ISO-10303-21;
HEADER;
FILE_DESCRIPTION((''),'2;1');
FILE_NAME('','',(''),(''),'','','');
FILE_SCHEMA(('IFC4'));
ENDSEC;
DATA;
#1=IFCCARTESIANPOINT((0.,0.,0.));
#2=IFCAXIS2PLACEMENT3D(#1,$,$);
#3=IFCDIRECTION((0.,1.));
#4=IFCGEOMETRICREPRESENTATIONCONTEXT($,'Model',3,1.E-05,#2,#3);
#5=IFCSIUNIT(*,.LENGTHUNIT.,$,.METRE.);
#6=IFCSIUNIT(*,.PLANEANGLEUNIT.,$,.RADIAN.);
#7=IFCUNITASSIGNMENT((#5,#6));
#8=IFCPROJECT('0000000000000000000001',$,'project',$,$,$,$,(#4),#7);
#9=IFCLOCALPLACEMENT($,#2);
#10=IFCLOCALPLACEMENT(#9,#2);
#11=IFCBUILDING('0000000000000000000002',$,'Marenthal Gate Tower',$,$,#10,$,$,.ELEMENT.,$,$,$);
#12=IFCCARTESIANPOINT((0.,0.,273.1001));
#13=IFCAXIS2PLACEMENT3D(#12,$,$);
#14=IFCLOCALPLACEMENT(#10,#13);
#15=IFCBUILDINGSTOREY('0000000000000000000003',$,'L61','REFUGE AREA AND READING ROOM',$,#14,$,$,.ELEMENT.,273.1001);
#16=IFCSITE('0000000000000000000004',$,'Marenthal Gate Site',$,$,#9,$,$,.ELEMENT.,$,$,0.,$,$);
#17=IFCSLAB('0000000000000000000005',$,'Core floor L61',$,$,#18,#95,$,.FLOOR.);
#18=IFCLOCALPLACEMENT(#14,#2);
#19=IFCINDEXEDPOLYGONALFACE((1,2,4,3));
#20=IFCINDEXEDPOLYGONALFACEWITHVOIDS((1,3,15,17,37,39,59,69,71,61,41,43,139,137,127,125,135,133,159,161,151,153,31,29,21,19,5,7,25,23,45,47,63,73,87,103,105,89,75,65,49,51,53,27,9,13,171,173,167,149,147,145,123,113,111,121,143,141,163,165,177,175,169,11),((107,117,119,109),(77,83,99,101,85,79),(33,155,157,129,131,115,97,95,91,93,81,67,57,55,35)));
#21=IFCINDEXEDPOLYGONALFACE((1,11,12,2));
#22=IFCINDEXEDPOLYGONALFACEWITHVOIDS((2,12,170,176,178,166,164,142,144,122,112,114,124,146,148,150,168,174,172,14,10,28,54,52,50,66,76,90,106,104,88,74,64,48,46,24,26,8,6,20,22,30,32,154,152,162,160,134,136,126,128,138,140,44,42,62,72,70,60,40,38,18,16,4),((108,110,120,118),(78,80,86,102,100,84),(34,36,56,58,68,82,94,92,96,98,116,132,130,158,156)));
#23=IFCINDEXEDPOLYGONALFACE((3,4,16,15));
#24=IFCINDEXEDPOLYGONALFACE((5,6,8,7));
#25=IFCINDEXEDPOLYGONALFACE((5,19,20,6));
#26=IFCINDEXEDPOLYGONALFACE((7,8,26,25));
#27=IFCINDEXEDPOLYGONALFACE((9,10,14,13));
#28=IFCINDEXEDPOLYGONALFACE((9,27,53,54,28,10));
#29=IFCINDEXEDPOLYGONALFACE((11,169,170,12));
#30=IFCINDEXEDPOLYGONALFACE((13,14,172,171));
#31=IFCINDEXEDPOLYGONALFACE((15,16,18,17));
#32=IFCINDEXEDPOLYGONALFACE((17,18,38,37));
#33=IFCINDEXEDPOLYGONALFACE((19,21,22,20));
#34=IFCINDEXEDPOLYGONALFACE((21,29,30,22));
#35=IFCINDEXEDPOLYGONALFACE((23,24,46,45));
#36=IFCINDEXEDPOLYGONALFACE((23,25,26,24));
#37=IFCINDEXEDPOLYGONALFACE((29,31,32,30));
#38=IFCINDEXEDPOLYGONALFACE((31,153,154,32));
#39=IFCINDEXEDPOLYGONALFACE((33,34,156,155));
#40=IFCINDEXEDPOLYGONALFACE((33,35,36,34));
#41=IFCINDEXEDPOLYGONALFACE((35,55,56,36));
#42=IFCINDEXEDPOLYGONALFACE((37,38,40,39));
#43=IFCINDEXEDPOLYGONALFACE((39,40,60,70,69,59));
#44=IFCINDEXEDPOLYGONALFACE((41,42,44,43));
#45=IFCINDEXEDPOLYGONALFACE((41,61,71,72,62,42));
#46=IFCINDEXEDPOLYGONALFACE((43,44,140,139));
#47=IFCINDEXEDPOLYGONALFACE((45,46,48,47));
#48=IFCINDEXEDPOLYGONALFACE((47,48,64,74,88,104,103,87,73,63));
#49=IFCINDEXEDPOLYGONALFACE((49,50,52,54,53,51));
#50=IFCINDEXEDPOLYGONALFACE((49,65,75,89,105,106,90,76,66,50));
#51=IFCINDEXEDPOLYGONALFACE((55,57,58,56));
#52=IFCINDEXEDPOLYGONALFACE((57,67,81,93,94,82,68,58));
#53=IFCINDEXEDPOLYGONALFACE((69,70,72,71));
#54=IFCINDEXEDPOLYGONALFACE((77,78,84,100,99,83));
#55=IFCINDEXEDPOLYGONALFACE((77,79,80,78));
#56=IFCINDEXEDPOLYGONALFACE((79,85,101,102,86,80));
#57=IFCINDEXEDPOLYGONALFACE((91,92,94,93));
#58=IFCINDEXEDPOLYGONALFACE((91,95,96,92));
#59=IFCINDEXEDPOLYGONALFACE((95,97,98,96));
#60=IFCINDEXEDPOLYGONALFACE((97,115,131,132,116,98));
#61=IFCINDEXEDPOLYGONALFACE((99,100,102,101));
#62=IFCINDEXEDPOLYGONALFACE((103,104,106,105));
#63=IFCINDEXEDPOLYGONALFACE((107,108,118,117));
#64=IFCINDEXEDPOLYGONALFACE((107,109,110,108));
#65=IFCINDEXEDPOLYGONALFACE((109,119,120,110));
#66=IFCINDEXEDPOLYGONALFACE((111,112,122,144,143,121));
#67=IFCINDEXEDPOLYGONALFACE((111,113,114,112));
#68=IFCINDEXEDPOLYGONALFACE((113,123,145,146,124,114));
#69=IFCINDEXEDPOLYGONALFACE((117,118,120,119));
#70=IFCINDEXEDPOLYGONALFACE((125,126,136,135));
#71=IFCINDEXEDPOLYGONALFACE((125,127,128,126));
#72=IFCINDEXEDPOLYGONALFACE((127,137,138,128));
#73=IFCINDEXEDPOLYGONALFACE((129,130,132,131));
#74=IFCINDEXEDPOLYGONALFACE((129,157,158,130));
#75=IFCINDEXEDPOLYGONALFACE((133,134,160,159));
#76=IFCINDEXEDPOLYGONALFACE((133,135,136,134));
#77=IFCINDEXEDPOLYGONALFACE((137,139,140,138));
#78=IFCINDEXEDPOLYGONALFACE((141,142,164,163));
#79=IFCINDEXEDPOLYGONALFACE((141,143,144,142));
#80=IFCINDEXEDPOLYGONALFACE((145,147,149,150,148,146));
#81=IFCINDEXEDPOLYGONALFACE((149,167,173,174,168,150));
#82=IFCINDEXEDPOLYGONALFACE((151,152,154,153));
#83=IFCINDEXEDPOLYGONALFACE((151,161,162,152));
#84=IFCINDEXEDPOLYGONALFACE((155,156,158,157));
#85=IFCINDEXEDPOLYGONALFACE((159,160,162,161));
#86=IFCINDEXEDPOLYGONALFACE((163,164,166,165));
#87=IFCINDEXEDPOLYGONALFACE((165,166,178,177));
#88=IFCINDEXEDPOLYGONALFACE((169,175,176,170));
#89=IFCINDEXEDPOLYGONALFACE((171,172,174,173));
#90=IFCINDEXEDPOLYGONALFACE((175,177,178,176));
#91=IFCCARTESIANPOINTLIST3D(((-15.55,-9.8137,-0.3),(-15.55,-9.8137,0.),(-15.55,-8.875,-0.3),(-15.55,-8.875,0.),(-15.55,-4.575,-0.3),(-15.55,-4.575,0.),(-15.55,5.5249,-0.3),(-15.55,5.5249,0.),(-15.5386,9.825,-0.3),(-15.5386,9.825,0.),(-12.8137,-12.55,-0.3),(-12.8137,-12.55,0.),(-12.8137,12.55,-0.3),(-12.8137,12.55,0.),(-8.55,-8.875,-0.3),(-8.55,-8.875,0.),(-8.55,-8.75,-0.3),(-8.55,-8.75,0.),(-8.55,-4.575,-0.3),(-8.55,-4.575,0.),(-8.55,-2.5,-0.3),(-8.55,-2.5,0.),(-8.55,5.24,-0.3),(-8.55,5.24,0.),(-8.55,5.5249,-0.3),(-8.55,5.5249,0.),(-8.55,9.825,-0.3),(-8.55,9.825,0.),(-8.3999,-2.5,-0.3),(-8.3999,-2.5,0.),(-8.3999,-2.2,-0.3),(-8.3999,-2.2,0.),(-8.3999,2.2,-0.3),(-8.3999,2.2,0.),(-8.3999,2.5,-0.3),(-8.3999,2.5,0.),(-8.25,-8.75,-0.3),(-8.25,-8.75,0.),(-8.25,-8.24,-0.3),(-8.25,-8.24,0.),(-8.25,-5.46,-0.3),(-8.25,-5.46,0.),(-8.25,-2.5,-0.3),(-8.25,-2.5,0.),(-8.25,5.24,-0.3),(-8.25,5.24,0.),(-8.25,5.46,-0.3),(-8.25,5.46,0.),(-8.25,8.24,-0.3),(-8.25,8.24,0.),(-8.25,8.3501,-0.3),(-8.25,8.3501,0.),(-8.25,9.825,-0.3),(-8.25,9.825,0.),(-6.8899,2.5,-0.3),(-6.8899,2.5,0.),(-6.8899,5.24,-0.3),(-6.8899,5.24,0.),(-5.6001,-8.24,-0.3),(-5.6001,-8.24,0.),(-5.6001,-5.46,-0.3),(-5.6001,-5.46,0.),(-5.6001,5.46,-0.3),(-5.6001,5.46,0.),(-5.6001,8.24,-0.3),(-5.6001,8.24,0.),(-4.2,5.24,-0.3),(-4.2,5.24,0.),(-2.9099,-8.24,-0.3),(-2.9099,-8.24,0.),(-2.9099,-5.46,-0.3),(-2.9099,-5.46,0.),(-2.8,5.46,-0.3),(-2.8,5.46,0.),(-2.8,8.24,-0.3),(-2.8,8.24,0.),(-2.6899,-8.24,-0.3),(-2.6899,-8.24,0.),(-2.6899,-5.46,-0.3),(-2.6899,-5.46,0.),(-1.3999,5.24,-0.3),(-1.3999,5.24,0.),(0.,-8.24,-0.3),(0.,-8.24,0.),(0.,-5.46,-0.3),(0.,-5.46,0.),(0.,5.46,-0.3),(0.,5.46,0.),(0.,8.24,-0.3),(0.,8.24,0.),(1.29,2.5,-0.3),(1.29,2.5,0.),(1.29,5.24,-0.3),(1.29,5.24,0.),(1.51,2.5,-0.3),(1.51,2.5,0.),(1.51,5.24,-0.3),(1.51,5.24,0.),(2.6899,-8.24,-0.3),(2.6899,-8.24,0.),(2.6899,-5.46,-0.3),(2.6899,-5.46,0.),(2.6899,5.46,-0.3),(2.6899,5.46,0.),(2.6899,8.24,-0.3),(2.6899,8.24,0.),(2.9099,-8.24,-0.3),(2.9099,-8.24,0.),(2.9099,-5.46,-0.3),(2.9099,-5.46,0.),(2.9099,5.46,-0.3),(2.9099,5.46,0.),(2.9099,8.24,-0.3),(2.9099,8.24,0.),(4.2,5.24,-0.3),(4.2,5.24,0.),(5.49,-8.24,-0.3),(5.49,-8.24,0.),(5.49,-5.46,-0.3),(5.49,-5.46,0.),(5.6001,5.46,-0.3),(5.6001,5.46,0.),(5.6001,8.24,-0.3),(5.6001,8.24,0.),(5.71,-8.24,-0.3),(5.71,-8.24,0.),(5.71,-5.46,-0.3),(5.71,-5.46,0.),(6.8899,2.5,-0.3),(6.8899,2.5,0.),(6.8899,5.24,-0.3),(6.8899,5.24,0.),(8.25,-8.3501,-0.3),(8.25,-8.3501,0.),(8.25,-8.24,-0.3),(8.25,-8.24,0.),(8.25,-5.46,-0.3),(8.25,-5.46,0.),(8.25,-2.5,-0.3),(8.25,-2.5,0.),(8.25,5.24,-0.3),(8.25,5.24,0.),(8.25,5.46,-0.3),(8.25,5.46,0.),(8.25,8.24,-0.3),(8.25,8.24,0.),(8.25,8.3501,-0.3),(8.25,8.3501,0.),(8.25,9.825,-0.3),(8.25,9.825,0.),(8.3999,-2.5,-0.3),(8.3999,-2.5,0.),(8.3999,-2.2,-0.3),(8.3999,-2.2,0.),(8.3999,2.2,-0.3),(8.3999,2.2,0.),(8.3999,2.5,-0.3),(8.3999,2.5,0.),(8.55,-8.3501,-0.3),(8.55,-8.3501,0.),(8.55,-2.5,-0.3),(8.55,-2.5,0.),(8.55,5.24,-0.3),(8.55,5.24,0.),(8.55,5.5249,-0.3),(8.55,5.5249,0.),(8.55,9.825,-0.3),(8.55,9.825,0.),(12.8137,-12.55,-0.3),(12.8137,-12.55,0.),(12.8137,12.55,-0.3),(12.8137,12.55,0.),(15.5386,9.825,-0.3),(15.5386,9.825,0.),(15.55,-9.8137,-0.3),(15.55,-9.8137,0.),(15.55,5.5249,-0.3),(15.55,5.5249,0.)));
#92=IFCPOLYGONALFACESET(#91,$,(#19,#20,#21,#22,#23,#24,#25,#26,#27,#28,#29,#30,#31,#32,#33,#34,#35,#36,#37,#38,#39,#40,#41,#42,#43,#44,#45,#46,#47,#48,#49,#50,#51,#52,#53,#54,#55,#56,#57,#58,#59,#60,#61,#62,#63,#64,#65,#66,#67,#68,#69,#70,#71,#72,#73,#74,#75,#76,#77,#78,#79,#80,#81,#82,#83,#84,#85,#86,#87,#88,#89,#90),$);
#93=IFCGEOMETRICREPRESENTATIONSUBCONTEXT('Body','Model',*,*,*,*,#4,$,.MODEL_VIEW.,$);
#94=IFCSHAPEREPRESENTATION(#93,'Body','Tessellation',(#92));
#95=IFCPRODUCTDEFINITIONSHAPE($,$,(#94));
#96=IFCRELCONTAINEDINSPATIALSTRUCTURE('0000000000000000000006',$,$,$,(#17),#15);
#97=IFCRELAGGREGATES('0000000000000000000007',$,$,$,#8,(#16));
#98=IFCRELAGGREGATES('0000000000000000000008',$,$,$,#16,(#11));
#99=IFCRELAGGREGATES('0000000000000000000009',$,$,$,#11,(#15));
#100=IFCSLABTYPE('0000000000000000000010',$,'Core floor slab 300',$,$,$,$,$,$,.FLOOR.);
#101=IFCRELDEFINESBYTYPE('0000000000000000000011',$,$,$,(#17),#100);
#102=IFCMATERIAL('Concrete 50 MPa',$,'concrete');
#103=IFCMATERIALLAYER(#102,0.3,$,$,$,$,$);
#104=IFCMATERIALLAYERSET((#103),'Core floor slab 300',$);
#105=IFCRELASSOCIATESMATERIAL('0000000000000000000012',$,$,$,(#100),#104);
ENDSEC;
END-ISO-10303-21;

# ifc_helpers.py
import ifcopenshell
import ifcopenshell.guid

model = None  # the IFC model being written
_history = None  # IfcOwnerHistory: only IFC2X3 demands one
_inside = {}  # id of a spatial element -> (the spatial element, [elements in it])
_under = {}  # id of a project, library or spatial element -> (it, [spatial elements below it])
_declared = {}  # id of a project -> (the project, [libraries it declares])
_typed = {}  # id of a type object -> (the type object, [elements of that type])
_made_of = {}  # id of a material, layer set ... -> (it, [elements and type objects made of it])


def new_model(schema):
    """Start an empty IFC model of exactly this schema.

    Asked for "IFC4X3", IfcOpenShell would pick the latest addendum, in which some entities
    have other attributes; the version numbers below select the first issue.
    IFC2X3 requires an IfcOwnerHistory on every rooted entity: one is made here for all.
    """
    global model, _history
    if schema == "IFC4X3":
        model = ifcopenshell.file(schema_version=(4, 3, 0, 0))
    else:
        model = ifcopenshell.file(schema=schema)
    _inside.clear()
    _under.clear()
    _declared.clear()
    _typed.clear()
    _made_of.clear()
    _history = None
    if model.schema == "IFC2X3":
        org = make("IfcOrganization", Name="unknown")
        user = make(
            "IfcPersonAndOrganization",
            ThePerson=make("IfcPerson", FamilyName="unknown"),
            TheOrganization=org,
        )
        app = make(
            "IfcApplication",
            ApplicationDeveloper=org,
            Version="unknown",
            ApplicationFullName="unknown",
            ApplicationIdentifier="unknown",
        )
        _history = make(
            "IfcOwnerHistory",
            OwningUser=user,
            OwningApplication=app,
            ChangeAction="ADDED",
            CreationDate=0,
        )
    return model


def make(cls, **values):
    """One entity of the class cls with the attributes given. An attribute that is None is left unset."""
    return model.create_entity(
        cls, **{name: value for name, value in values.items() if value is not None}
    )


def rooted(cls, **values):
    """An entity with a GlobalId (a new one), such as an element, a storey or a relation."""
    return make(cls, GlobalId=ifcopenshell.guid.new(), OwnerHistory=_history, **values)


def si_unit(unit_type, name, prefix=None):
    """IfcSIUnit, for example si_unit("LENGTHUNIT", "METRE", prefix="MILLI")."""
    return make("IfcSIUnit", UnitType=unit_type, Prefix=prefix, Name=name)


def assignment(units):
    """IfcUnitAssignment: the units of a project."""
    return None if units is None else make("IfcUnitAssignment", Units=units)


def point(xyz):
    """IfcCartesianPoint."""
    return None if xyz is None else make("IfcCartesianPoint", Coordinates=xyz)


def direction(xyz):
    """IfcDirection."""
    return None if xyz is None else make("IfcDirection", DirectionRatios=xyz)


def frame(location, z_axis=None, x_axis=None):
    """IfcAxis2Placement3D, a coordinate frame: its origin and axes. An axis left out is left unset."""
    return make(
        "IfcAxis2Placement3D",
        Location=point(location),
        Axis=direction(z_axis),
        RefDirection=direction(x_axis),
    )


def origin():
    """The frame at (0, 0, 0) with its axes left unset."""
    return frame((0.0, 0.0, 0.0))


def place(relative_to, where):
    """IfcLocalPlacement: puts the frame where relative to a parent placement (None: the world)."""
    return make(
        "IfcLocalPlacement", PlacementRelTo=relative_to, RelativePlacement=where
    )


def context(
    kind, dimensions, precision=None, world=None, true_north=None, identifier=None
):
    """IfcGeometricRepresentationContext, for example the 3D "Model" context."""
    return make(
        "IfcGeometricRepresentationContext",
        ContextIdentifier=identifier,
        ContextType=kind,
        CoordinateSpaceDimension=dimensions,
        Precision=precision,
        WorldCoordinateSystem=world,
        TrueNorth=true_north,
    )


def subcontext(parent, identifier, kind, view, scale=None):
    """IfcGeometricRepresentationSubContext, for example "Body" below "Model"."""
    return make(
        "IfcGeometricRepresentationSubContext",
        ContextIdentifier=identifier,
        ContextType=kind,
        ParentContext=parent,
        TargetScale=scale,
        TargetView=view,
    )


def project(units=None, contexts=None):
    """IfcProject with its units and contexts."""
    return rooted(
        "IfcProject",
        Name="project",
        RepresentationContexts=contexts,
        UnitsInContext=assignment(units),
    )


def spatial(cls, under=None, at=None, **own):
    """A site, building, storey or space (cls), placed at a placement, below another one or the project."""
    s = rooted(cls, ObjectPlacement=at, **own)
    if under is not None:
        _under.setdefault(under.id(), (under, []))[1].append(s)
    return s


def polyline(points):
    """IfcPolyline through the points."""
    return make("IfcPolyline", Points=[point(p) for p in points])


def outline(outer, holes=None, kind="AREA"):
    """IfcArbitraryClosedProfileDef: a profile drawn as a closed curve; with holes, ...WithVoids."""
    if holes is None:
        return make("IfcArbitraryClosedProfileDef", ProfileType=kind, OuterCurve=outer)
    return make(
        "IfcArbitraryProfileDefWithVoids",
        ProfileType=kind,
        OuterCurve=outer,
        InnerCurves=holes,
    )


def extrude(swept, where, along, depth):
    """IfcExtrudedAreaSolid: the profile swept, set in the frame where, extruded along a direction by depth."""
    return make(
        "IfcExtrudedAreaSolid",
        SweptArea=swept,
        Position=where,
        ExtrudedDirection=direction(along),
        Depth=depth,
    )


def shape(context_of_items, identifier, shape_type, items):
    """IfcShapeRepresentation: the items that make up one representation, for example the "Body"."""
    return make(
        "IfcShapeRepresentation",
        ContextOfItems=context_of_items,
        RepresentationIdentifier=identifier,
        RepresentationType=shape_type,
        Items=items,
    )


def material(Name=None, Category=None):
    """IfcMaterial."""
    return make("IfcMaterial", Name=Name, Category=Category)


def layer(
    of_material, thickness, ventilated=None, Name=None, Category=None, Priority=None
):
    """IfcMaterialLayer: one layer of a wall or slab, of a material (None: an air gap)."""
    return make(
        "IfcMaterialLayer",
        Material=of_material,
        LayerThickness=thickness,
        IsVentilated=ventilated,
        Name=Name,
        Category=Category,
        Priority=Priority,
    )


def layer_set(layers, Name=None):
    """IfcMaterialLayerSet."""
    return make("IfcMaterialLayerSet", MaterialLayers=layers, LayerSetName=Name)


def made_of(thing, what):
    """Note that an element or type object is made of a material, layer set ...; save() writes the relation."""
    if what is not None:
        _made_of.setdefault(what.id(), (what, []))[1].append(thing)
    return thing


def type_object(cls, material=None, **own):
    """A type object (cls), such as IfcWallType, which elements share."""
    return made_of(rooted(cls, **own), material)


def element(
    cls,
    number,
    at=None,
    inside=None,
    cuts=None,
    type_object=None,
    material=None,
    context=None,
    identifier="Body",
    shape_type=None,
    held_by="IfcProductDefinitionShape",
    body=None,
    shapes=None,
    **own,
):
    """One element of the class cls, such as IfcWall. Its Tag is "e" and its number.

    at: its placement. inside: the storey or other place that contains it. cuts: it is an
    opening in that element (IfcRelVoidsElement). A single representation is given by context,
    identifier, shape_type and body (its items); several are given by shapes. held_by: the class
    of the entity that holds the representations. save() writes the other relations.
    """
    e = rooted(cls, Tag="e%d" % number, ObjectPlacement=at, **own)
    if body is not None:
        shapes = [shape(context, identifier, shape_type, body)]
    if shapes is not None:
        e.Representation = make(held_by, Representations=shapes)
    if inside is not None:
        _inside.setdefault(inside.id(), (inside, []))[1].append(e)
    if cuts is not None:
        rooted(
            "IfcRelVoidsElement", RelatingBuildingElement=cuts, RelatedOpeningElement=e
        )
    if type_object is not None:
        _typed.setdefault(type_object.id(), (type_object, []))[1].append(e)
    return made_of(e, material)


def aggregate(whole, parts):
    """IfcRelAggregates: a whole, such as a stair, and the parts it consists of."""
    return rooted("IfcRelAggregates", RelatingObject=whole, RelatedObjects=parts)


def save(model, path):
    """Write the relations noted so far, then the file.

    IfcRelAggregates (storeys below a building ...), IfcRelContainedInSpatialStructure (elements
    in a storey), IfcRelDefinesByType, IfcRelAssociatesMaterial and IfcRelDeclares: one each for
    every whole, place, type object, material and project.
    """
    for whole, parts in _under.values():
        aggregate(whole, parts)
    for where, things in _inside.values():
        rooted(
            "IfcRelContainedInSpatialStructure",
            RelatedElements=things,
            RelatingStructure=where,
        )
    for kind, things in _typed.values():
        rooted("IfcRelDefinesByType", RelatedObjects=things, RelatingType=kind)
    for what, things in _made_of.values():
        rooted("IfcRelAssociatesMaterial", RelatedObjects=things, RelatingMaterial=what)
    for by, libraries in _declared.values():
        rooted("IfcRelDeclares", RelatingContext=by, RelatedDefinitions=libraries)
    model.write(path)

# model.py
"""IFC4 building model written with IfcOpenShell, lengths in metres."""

from ifc_helpers import new_model, si_unit, direction, frame, origin, place, context, subcontext, project, spatial, polyline, outline, extrude, material, layer, layer_set, type_object, element, save


model = new_model("IFC4")

# Units and contexts
model_context = context("Model", 3, precision=1e-05, world=origin(), true_north=direction((0.0, 1.0)))
body_context = subcontext(model_context, "Body", "Model", "MODEL_VIEW")
ifc_project = project(units=[si_unit("LENGTHUNIT", "METRE"), si_unit("PLANEANGLEUNIT", "RADIAN")], contexts=[model_context])

# Site, building, storey
site_placement = place(None, origin())
site = spatial("IfcSite", under=ifc_project, at=site_placement, Name="Marenthal Gate Site", CompositionType="ELEMENT", RefElevation=0.0)
building_placement = place(site_placement, origin())
building = spatial("IfcBuilding", under=site, at=building_placement, Name="Marenthal Gate Tower", CompositionType="ELEMENT")
storey_placement = place(building_placement, frame((0.0, 0.0, 273.1001)))
storey = spatial("IfcBuildingStorey", under=building, at=storey_placement, Name="L61", Description="REFUGE AREA AND READING ROOM", CompositionType="ELEMENT", Elevation=273.1001)

# Slab
ifc_material_1 = material(Name="Concrete 50 MPa", Category="concrete")
ifc_layer_1 = layer(ifc_material_1, 0.3)
ifc_layer_set_1 = layer_set([ifc_layer_1], Name="Core floor slab 300")
slab_type_1 = type_object("IfcSlabType", Name="Core floor slab 300", PredefinedType="FLOOR", material=ifc_layer_set_1)
slab_1_placement = place(storey_placement, frame((0.0, 0.0, -0.3)))
element("IfcSlab", 1, at=slab_1_placement, inside=storey, type_object=slab_type_1, Name="Core floor L61", PredefinedType="FLOOR", context=body_context, shape_type="SweptSolid", body=[
    extrude(outline(polyline([(12.8137, -12.55), (-12.8137, -12.55), (-15.55, -9.8137), (-15.55, -8.875), (-8.55, -8.875), (-8.55, -8.75), (-8.25, -8.75), (-8.25, -8.24), (-5.6001, -8.24), (-2.9099, -8.24), (-2.9099, -5.46), (-5.6001, -5.46), (-8.25, -5.46), (-8.25, -2.5), (8.25, -2.5), (8.25, -5.46), (5.71, -5.46), (5.71, -8.24), (8.25, -8.24), (8.25, -8.3501), (8.55, -8.3501), (8.55, -2.5), (8.3999, -2.5), (8.3999, -2.2), (-8.3999, -2.2), (-8.3999, -2.5), (-8.55, -2.5), (-8.55, -4.575), (-15.55, -4.575), (-15.55, 5.5249), (-8.55, 5.5249), (-8.55, 5.24), (-8.25, 5.24), (-8.25, 5.46), (-5.6001, 5.46), (-2.8, 5.46), (0.0, 5.46), (2.6899, 5.46), (2.6899, 8.24), (0.0, 8.24), (-2.8, 8.24), (-5.6001, 8.24), (-8.25, 8.24), (-8.25, 8.3501), (-8.25, 9.825), (-8.55, 9.825), (-15.5386, 9.825), (-12.8137, 12.55), (12.8137, 12.55), (15.5386, 9.825), (8.55, 9.825), (8.25, 9.825), (8.25, 8.3501), (8.25, 8.24), (5.6001, 8.24), (2.9099, 8.24), (2.9099, 5.46), (5.6001, 5.46), (8.25, 5.46), (8.25, 5.24), (8.55, 5.24), (8.55, 5.5249), (15.55, 5.5249), (15.55, -9.8137), (12.8137, -12.55)]), holes=[polyline([(2.6899, -8.24), (2.6899, -5.46), (0.0, -5.46), (-2.6899, -5.46), (-2.6899, -8.24), (0.0, -8.24), (2.6899, -8.24)]), polyline([(-6.8899, 5.24), (-6.8899, 2.5), (-8.3999, 2.5), (-8.3999, 2.2), (8.3999, 2.2), (8.3999, 2.5), (6.8899, 2.5), (6.8899, 5.24), (4.2, 5.24), (1.51, 5.24), (1.51, 2.5), (1.29, 2.5), (1.29, 5.24), (-1.3999, 5.24), (-4.2, 5.24), (-6.8899, 5.24)]), polyline([(5.49, -8.24), (5.49, -5.46), (2.9099, -5.46), (2.9099, -8.24), (5.49, -8.24)])]), origin(), (0.0, 0.0, 1.0), 0.3),
])

save(model, "model.ifc")
